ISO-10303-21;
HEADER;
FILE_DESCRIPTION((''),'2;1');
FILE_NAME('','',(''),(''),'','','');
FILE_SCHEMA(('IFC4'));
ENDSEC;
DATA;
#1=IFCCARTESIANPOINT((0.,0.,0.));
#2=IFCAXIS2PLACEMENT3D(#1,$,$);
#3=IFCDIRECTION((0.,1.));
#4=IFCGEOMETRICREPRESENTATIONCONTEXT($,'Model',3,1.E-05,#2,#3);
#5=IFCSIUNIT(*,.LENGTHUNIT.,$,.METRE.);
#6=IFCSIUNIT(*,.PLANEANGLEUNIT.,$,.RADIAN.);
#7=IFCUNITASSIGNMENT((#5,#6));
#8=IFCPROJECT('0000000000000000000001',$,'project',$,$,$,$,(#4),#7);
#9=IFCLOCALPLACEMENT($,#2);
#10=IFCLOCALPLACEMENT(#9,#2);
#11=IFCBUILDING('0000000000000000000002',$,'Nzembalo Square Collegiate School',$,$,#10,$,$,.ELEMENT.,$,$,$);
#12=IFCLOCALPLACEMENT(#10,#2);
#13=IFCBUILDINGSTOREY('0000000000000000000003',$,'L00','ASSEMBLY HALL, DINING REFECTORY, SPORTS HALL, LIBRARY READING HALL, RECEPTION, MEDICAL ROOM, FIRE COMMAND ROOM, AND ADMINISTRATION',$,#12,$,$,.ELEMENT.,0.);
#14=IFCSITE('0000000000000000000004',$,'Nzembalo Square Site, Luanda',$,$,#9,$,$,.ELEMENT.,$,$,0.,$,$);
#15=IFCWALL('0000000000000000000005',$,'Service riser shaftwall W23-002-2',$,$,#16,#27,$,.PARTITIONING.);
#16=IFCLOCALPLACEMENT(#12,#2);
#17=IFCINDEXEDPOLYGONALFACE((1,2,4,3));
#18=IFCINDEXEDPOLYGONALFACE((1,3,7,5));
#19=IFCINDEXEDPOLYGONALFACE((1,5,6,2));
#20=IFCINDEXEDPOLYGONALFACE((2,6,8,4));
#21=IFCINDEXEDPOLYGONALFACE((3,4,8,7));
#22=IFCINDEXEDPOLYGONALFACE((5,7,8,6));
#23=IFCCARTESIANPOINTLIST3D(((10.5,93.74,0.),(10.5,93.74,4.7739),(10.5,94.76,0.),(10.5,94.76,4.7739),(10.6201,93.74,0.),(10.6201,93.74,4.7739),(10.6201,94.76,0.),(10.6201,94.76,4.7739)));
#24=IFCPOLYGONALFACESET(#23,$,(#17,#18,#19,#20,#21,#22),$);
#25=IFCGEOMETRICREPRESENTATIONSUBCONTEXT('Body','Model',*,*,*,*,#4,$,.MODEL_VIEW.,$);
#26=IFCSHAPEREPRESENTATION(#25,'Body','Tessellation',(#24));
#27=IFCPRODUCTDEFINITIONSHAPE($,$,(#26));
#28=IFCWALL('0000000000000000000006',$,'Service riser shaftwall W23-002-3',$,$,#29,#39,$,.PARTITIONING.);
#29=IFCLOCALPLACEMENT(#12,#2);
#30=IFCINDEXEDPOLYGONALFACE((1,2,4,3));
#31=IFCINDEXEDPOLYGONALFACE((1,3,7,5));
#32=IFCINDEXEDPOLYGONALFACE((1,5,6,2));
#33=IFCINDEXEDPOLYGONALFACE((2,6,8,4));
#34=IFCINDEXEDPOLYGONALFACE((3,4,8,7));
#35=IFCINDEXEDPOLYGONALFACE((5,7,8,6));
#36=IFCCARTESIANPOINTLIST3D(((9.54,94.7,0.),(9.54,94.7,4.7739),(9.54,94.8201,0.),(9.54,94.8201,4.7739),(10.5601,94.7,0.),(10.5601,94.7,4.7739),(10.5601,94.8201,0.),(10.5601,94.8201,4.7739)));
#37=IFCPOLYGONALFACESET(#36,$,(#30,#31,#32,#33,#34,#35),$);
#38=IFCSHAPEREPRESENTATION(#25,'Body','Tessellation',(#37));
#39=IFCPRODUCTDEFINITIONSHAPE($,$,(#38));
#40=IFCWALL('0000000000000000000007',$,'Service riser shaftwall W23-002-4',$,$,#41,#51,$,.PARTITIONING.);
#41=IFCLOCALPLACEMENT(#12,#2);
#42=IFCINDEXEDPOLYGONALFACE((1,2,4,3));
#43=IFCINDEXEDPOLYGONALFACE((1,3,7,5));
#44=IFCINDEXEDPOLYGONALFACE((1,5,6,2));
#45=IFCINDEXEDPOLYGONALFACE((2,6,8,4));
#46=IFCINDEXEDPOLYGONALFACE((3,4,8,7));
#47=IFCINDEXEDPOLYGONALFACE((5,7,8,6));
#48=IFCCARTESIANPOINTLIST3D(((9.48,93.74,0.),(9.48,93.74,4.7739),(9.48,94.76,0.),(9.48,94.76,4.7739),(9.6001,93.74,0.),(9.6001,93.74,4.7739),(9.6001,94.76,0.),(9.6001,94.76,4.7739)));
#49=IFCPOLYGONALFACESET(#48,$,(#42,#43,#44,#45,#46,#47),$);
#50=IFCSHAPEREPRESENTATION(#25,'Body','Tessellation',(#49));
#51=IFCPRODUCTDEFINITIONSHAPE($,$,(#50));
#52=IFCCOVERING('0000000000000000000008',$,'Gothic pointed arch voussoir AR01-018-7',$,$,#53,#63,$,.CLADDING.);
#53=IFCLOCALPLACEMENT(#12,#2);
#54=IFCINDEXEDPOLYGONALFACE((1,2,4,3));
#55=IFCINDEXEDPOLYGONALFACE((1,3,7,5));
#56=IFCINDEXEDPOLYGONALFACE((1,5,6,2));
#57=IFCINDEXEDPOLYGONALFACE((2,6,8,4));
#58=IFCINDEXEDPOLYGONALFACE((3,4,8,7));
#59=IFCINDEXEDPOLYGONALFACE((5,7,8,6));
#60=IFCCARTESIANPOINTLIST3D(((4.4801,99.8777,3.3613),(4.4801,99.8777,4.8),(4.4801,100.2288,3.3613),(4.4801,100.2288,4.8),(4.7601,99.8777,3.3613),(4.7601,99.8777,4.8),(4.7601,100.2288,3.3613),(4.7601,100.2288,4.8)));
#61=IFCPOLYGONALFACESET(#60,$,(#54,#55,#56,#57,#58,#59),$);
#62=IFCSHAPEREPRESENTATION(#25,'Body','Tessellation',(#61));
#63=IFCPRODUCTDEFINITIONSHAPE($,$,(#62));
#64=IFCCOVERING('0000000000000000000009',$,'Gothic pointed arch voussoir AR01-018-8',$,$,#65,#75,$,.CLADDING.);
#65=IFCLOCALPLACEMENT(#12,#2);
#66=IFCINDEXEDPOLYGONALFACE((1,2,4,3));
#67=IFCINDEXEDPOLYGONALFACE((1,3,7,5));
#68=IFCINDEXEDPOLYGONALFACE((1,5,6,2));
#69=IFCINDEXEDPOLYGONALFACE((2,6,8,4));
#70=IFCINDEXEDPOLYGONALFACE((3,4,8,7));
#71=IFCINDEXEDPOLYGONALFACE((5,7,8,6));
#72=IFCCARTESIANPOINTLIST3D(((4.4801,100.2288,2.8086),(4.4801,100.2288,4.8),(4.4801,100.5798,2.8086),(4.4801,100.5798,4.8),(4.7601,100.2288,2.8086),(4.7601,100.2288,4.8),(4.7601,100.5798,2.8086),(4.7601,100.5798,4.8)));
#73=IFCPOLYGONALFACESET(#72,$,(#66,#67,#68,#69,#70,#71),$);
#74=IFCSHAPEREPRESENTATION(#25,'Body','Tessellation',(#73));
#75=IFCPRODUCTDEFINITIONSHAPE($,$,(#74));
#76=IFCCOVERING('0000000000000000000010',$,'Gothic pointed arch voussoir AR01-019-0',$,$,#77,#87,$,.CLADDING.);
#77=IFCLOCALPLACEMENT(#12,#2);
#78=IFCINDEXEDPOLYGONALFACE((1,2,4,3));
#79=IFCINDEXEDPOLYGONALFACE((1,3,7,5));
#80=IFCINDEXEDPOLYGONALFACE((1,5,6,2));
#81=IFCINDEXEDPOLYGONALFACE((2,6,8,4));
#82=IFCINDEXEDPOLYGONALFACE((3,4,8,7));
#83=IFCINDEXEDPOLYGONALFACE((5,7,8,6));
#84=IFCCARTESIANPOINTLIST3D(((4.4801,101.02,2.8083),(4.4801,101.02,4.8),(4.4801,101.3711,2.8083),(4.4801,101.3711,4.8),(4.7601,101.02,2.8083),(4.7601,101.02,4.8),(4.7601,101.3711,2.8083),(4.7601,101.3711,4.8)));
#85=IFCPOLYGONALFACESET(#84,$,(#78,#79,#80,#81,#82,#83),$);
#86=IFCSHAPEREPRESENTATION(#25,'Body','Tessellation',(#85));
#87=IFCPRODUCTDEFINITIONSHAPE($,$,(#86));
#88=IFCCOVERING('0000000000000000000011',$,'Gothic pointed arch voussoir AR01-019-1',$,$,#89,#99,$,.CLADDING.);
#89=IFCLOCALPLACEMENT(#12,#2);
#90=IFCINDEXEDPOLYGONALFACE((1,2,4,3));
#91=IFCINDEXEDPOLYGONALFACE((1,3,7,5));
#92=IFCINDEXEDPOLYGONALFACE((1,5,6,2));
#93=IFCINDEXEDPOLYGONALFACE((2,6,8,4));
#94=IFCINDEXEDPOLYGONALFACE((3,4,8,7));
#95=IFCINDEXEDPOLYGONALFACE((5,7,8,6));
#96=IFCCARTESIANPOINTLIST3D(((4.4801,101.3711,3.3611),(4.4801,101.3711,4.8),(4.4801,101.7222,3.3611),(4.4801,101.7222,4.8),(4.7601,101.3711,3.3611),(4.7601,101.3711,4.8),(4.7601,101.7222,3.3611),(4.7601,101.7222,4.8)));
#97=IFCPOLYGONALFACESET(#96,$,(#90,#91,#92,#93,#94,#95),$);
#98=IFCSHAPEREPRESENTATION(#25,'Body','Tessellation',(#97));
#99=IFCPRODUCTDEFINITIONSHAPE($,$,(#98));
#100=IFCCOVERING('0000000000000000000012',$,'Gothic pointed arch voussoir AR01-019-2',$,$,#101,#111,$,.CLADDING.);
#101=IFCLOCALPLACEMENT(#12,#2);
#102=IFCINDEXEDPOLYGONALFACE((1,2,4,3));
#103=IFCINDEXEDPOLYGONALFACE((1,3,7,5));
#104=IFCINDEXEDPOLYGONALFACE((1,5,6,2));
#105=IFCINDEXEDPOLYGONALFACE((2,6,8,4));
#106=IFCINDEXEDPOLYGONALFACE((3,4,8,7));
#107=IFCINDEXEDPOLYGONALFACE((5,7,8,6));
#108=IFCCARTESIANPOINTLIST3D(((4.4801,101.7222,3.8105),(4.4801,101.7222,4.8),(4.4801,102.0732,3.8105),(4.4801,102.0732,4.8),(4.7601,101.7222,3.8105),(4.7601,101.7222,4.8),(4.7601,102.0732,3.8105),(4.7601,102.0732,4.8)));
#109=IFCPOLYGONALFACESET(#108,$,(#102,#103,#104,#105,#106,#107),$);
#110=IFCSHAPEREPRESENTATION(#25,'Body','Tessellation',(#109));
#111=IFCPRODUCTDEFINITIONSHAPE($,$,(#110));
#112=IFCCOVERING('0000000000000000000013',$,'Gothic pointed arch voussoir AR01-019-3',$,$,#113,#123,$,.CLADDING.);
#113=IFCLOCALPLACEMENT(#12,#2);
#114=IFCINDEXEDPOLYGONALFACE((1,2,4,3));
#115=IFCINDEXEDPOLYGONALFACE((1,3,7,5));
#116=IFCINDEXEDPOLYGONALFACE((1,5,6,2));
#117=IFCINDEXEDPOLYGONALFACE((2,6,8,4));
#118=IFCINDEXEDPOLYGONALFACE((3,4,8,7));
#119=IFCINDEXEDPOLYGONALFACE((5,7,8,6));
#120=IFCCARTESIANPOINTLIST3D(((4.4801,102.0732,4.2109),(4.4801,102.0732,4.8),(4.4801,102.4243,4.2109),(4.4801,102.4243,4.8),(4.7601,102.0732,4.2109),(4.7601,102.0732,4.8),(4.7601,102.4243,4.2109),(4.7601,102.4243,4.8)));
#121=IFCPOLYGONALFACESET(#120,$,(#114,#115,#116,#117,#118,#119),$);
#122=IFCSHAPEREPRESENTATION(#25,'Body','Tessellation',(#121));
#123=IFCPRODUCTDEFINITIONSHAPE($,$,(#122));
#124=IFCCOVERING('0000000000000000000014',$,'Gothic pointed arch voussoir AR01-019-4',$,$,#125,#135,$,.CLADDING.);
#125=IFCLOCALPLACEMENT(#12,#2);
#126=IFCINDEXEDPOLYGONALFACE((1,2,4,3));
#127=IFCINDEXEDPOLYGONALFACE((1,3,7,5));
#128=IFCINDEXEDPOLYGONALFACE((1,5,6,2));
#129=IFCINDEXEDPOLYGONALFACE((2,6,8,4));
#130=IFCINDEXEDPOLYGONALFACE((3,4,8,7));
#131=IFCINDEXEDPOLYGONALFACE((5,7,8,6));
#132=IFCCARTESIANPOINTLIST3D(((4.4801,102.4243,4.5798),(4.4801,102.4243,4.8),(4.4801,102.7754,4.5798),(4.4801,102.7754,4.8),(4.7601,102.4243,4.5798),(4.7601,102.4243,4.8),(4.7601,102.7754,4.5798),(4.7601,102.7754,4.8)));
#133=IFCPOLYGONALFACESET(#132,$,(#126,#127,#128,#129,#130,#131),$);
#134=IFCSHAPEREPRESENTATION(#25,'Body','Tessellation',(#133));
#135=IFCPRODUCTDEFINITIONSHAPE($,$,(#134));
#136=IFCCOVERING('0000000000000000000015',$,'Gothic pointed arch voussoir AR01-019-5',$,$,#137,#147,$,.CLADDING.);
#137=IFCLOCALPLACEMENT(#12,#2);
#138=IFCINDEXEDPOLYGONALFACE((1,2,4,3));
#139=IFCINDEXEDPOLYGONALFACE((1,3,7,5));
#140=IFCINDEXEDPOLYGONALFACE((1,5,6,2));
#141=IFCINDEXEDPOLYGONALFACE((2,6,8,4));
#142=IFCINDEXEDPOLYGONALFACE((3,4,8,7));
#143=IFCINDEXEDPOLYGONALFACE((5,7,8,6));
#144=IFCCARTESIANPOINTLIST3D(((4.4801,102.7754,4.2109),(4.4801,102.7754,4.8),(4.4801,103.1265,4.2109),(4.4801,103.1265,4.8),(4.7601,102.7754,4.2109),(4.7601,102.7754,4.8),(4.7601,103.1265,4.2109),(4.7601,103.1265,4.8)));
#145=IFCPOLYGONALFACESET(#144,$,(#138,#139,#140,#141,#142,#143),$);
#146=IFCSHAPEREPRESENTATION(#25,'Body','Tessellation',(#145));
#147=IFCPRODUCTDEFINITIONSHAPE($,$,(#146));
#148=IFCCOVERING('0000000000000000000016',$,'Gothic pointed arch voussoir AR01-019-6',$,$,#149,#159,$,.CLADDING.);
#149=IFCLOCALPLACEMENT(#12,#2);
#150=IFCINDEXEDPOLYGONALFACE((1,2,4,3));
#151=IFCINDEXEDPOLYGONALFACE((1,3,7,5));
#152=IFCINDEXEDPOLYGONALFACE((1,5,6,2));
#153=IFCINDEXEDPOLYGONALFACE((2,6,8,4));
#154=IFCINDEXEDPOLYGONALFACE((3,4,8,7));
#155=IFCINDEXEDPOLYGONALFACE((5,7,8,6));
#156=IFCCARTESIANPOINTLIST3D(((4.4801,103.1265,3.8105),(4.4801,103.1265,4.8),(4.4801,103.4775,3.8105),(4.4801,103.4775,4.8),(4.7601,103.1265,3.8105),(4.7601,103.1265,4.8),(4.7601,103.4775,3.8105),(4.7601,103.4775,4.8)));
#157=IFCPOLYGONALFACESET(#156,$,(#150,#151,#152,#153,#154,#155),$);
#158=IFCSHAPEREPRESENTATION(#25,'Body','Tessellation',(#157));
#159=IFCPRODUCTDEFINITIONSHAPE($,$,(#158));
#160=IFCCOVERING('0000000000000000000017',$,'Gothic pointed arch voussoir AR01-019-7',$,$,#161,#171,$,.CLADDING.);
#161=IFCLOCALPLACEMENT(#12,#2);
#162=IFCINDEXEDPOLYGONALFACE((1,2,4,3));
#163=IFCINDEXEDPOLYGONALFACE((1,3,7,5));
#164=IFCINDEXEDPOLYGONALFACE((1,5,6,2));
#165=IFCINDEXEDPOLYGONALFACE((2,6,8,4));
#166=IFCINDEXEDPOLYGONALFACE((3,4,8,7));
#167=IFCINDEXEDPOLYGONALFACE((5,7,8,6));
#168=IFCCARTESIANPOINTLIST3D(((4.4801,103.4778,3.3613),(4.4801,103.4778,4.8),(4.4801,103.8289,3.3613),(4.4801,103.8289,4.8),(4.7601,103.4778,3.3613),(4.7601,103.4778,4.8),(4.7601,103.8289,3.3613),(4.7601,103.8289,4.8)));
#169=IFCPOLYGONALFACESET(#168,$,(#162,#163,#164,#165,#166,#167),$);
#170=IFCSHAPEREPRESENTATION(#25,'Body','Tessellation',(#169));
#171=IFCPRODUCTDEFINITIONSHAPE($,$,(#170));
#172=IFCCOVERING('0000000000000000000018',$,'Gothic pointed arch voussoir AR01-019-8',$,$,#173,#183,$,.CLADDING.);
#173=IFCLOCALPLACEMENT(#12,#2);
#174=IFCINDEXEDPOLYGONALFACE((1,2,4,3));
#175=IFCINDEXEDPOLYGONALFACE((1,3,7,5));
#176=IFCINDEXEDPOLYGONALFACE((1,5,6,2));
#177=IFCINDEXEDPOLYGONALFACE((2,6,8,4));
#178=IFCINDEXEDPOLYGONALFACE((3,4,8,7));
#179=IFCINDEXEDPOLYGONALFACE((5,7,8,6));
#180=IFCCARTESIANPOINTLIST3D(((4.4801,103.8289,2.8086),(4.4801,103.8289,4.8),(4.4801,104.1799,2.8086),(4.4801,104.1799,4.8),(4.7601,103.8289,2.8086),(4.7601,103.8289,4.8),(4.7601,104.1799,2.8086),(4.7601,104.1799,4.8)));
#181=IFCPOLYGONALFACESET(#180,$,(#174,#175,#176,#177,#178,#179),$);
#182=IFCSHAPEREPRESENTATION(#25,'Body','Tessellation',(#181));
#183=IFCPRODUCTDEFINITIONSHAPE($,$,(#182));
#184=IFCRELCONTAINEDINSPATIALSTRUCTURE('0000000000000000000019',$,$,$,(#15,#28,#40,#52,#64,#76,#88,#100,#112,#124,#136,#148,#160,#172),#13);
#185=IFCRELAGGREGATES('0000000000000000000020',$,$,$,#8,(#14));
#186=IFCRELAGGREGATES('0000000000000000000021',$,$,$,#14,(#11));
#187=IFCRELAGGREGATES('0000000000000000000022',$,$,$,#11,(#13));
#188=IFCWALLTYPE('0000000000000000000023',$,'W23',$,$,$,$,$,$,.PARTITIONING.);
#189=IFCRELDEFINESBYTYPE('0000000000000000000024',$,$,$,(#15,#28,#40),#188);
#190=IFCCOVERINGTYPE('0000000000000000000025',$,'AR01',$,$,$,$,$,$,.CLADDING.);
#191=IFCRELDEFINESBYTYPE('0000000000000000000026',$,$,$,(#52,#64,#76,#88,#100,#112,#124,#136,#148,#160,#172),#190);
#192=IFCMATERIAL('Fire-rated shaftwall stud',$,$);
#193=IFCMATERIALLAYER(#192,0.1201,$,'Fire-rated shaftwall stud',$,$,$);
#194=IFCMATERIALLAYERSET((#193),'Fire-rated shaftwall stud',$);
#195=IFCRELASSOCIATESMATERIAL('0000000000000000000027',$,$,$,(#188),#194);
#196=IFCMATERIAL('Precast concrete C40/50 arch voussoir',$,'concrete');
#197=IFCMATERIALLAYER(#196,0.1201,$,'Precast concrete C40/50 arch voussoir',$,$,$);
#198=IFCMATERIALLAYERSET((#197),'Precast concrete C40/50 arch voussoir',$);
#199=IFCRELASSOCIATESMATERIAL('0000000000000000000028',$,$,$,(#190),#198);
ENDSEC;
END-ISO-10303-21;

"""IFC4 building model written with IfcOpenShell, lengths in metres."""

from ifc_helpers import new_model, si_unit, direction, frame, frame_2d, origin, origin_2d, place, context, subcontext, project, spatial, rectangle, extrude, material, layer, layer_set, type_object, element, save


model = new_model("IFC4")

# Units and contexts
model_context = context("Model", 3, precision=1e-05, world=origin(), true_north=direction((0.0, 1.0)))
body_context = subcontext(model_context, "Body", "Model", "MODEL_VIEW")
ifc_project = project(units=[si_unit("LENGTHUNIT", "METRE"), si_unit("PLANEANGLEUNIT", "RADIAN")], contexts=[model_context])

# Site, building, storey
site_placement = place(None, origin())
site = spatial("IfcSite", under=ifc_project, at=site_placement, Name="Nzembalo Square Site, Luanda", CompositionType="ELEMENT", RefElevation=0.0)
building_placement = place(site_placement, origin())
building = spatial("IfcBuilding", under=site, at=building_placement, Name="Nzembalo Square Collegiate School", CompositionType="ELEMENT")
storey_placement = place(building_placement, origin())
storey = spatial("IfcBuildingStorey", under=building, at=storey_placement, Name="L00", Description="ASSEMBLY HALL, DINING REFECTORY, SPORTS HALL, LIBRARY READING HALL, RECEPTION, MEDICAL ROOM, FIRE COMMAND ROOM, AND ADMINISTRATION", CompositionType="ELEMENT", Elevation=0.0)

# Walls
ifc_material_1 = material(Name="Fire-rated shaftwall stud")
ifc_layer_1 = layer(ifc_material_1, 0.1201, Name="Fire-rated shaftwall stud")
ifc_layer_set_1 = layer_set([ifc_layer_1], Name="Fire-rated shaftwall stud")
wall_type_1 = type_object("IfcWallType", Name="W23", PredefinedType="PARTITIONING", material=ifc_layer_set_1)
for number, where, z_axis, x_axis, name in (
    (1, (10.5601, 93.74, 0.0), (0.0, 0.0, 1.0), (0.0, 1.0, 0.0), "Service riser shaftwall W23-002-2"),
    (2, (10.5601, 94.76, 0.0), (0.0, 0.0, 1.0), (-1.0, 0.0, 0.0), "Service riser shaftwall W23-002-3"),
    (3, (9.54, 94.76, 0.0), (0.0, 0.0, 1.0), (0.0, -1.0, 0.0), "Service riser shaftwall W23-002-4"),
):
    element("IfcWall", number, at=place(storey_placement, frame(where, z_axis=z_axis, x_axis=x_axis)), inside=storey, type_object=wall_type_1, Name=name, PredefinedType="PARTITIONING", context=body_context, shape_type="SweptSolid", body=[
        extrude(rectangle(XDim=1.02, YDim=0.1201, at=frame_2d((0.51, 0.0))), origin(), (0.0, 0.0, 1.0), 4.7739),
    ])

# Coverings
ifc_material_2 = material(Name="Precast concrete C40/50 arch voussoir", Category="concrete")
ifc_layer_2 = layer(ifc_material_2, 0.1201, Name="Precast concrete C40/50 arch voussoir")
ifc_layer_set_2 = layer_set([ifc_layer_2], Name="Precast concrete C40/50 arch voussoir")
covering_type = type_object("IfcCoveringType", Name="AR01", PredefinedType="CLADDING", material=ifc_layer_set_2)
covering_1_placement = place(storey_placement, frame((4.6201, 100.0532, 3.3613), z_axis=(0.0, 0.0, 1.0), x_axis=(1.0, 0.0, 0.0)))
element("IfcCovering", 4, at=covering_1_placement, inside=storey, type_object=covering_type, Name="Gothic pointed arch voussoir AR01-018-7", PredefinedType="CLADDING", context=body_context, shape_type="SweptSolid", body=[
    extrude(rectangle(XDim=0.28, YDim=0.3511, at=origin_2d()), origin(), (0.0, 0.0, 1.0), 1.4387),
])
covering_2_placement = place(storey_placement, frame((4.6201, 100.4043, 2.8086), z_axis=(0.0, 0.0, 1.0), x_axis=(1.0, 0.0, 0.0)))
element("IfcCovering", 5, at=covering_2_placement, inside=storey, type_object=covering_type, Name="Gothic pointed arch voussoir AR01-018-8", PredefinedType="CLADDING", context=body_context, shape_type="SweptSolid", body=[
    extrude(rectangle(XDim=0.28, YDim=0.3511, at=origin_2d()), origin(), (0.0, 0.0, 1.0), 1.9915),
])
covering_3_placement = place(storey_placement, frame((4.6201, 101.1956, 2.8083), z_axis=(0.0, 0.0, 1.0), x_axis=(1.0, 0.0, 0.0)))
element("IfcCovering", 6, at=covering_3_placement, inside=storey, type_object=covering_type, Name="Gothic pointed arch voussoir AR01-019-0", PredefinedType="CLADDING", context=body_context, shape_type="SweptSolid", body=[
    extrude(rectangle(XDim=0.28, YDim=0.3511, at=origin_2d()), origin(), (0.0, 0.0, 1.0), 1.9917),
])
covering_4_placement = place(storey_placement, frame((4.6201, 101.5466, 3.3611), z_axis=(0.0, 0.0, 1.0), x_axis=(1.0, 0.0, 0.0)))
element("IfcCovering", 7, at=covering_4_placement, inside=storey, type_object=covering_type, Name="Gothic pointed arch voussoir AR01-019-1", PredefinedType="CLADDING", context=body_context, shape_type="SweptSolid", body=[
    extrude(rectangle(XDim=0.28, YDim=0.3511, at=origin_2d()), origin(), (0.0, 0.0, 1.0), 1.439),
])
covering_5_placement = place(storey_placement, frame((4.6201, 101.8977, 3.8105), z_axis=(0.0, 0.0, 1.0), x_axis=(1.0, 0.0, 0.0)))
element("IfcCovering", 8, at=covering_5_placement, inside=storey, type_object=covering_type, Name="Gothic pointed arch voussoir AR01-019-2", PredefinedType="CLADDING", context=body_context, shape_type="SweptSolid", body=[
    extrude(rectangle(XDim=0.28, YDim=0.3511, at=origin_2d()), origin(), (0.0, 0.0, 1.0), 0.9895),
])
covering_6_placement = place(storey_placement, frame((4.6201, 102.2488, 4.2109), z_axis=(0.0, 0.0, 1.0), x_axis=(1.0, 0.0, 0.0)))
element("IfcCovering", 9, at=covering_6_placement, inside=storey, type_object=covering_type, Name="Gothic pointed arch voussoir AR01-019-3", PredefinedType="CLADDING", context=body_context, shape_type="SweptSolid", body=[
    extrude(rectangle(XDim=0.28, YDim=0.3511, at=origin_2d()), origin(), (0.0, 0.0, 1.0), 0.5891),
])
covering_7_placement = place(storey_placement, frame((4.6201, 102.5999, 4.5798), z_axis=(0.0, 0.0, 1.0), x_axis=(1.0, 0.0, 0.0)))
element("IfcCovering", 10, at=covering_7_placement, inside=storey, type_object=covering_type, Name="Gothic pointed arch voussoir AR01-019-4", PredefinedType="CLADDING", context=body_context, shape_type="SweptSolid", body=[
    extrude(rectangle(XDim=0.28, YDim=0.3511, at=origin_2d()), origin(), (0.0, 0.0, 1.0), 0.2202),
])
covering_8_placement = place(storey_placement, frame((4.6201, 102.9509, 4.2109), z_axis=(0.0, 0.0, 1.0), x_axis=(1.0, 0.0, 0.0)))
element("IfcCovering", 11, at=covering_8_placement, inside=storey, type_object=covering_type, Name="Gothic pointed arch voussoir AR01-019-5", PredefinedType="CLADDING", context=body_context, shape_type="SweptSolid", body=[
    extrude(rectangle(XDim=0.28, YDim=0.3511, at=origin_2d()), origin(), (0.0, 0.0, 1.0), 0.5891),
])
covering_9_placement = place(storey_placement, frame((4.6201, 103.302, 3.8105), z_axis=(0.0, 0.0, 1.0), x_axis=(1.0, 0.0, 0.0)))
element("IfcCovering", 12, at=covering_9_placement, inside=storey, type_object=covering_type, Name="Gothic pointed arch voussoir AR01-019-6", PredefinedType="CLADDING", context=body_context, shape_type="SweptSolid", body=[
    extrude(rectangle(XDim=0.28, YDim=0.3511, at=origin_2d()), origin(), (0.0, 0.0, 1.0), 0.9895),
])
covering_10_placement = place(storey_placement, frame((4.6201, 103.6533, 3.3613), z_axis=(0.0, 0.0, 1.0), x_axis=(1.0, 0.0, 0.0)))
element("IfcCovering", 13, at=covering_10_placement, inside=storey, type_object=covering_type, Name="Gothic pointed arch voussoir AR01-019-7", PredefinedType="CLADDING", context=body_context, shape_type="SweptSolid", body=[
    extrude(rectangle(XDim=0.28, YDim=0.3511, at=origin_2d()), origin(), (0.0, 0.0, 1.0), 1.4387),
])
covering_11_placement = place(storey_placement, frame((4.6201, 104.0044, 2.8086), z_axis=(0.0, 0.0, 1.0), x_axis=(1.0, 0.0, 0.0)))
element("IfcCovering", 14, at=covering_11_placement, inside=storey, type_object=covering_type, Name="Gothic pointed arch voussoir AR01-019-8", PredefinedType="CLADDING", context=body_context, shape_type="SweptSolid", body=[
    extrude(rectangle(XDim=0.28, YDim=0.3511, at=origin_2d()), origin(), (0.0, 0.0, 1.0), 1.9915),
])

save(model, "model.ifc")
